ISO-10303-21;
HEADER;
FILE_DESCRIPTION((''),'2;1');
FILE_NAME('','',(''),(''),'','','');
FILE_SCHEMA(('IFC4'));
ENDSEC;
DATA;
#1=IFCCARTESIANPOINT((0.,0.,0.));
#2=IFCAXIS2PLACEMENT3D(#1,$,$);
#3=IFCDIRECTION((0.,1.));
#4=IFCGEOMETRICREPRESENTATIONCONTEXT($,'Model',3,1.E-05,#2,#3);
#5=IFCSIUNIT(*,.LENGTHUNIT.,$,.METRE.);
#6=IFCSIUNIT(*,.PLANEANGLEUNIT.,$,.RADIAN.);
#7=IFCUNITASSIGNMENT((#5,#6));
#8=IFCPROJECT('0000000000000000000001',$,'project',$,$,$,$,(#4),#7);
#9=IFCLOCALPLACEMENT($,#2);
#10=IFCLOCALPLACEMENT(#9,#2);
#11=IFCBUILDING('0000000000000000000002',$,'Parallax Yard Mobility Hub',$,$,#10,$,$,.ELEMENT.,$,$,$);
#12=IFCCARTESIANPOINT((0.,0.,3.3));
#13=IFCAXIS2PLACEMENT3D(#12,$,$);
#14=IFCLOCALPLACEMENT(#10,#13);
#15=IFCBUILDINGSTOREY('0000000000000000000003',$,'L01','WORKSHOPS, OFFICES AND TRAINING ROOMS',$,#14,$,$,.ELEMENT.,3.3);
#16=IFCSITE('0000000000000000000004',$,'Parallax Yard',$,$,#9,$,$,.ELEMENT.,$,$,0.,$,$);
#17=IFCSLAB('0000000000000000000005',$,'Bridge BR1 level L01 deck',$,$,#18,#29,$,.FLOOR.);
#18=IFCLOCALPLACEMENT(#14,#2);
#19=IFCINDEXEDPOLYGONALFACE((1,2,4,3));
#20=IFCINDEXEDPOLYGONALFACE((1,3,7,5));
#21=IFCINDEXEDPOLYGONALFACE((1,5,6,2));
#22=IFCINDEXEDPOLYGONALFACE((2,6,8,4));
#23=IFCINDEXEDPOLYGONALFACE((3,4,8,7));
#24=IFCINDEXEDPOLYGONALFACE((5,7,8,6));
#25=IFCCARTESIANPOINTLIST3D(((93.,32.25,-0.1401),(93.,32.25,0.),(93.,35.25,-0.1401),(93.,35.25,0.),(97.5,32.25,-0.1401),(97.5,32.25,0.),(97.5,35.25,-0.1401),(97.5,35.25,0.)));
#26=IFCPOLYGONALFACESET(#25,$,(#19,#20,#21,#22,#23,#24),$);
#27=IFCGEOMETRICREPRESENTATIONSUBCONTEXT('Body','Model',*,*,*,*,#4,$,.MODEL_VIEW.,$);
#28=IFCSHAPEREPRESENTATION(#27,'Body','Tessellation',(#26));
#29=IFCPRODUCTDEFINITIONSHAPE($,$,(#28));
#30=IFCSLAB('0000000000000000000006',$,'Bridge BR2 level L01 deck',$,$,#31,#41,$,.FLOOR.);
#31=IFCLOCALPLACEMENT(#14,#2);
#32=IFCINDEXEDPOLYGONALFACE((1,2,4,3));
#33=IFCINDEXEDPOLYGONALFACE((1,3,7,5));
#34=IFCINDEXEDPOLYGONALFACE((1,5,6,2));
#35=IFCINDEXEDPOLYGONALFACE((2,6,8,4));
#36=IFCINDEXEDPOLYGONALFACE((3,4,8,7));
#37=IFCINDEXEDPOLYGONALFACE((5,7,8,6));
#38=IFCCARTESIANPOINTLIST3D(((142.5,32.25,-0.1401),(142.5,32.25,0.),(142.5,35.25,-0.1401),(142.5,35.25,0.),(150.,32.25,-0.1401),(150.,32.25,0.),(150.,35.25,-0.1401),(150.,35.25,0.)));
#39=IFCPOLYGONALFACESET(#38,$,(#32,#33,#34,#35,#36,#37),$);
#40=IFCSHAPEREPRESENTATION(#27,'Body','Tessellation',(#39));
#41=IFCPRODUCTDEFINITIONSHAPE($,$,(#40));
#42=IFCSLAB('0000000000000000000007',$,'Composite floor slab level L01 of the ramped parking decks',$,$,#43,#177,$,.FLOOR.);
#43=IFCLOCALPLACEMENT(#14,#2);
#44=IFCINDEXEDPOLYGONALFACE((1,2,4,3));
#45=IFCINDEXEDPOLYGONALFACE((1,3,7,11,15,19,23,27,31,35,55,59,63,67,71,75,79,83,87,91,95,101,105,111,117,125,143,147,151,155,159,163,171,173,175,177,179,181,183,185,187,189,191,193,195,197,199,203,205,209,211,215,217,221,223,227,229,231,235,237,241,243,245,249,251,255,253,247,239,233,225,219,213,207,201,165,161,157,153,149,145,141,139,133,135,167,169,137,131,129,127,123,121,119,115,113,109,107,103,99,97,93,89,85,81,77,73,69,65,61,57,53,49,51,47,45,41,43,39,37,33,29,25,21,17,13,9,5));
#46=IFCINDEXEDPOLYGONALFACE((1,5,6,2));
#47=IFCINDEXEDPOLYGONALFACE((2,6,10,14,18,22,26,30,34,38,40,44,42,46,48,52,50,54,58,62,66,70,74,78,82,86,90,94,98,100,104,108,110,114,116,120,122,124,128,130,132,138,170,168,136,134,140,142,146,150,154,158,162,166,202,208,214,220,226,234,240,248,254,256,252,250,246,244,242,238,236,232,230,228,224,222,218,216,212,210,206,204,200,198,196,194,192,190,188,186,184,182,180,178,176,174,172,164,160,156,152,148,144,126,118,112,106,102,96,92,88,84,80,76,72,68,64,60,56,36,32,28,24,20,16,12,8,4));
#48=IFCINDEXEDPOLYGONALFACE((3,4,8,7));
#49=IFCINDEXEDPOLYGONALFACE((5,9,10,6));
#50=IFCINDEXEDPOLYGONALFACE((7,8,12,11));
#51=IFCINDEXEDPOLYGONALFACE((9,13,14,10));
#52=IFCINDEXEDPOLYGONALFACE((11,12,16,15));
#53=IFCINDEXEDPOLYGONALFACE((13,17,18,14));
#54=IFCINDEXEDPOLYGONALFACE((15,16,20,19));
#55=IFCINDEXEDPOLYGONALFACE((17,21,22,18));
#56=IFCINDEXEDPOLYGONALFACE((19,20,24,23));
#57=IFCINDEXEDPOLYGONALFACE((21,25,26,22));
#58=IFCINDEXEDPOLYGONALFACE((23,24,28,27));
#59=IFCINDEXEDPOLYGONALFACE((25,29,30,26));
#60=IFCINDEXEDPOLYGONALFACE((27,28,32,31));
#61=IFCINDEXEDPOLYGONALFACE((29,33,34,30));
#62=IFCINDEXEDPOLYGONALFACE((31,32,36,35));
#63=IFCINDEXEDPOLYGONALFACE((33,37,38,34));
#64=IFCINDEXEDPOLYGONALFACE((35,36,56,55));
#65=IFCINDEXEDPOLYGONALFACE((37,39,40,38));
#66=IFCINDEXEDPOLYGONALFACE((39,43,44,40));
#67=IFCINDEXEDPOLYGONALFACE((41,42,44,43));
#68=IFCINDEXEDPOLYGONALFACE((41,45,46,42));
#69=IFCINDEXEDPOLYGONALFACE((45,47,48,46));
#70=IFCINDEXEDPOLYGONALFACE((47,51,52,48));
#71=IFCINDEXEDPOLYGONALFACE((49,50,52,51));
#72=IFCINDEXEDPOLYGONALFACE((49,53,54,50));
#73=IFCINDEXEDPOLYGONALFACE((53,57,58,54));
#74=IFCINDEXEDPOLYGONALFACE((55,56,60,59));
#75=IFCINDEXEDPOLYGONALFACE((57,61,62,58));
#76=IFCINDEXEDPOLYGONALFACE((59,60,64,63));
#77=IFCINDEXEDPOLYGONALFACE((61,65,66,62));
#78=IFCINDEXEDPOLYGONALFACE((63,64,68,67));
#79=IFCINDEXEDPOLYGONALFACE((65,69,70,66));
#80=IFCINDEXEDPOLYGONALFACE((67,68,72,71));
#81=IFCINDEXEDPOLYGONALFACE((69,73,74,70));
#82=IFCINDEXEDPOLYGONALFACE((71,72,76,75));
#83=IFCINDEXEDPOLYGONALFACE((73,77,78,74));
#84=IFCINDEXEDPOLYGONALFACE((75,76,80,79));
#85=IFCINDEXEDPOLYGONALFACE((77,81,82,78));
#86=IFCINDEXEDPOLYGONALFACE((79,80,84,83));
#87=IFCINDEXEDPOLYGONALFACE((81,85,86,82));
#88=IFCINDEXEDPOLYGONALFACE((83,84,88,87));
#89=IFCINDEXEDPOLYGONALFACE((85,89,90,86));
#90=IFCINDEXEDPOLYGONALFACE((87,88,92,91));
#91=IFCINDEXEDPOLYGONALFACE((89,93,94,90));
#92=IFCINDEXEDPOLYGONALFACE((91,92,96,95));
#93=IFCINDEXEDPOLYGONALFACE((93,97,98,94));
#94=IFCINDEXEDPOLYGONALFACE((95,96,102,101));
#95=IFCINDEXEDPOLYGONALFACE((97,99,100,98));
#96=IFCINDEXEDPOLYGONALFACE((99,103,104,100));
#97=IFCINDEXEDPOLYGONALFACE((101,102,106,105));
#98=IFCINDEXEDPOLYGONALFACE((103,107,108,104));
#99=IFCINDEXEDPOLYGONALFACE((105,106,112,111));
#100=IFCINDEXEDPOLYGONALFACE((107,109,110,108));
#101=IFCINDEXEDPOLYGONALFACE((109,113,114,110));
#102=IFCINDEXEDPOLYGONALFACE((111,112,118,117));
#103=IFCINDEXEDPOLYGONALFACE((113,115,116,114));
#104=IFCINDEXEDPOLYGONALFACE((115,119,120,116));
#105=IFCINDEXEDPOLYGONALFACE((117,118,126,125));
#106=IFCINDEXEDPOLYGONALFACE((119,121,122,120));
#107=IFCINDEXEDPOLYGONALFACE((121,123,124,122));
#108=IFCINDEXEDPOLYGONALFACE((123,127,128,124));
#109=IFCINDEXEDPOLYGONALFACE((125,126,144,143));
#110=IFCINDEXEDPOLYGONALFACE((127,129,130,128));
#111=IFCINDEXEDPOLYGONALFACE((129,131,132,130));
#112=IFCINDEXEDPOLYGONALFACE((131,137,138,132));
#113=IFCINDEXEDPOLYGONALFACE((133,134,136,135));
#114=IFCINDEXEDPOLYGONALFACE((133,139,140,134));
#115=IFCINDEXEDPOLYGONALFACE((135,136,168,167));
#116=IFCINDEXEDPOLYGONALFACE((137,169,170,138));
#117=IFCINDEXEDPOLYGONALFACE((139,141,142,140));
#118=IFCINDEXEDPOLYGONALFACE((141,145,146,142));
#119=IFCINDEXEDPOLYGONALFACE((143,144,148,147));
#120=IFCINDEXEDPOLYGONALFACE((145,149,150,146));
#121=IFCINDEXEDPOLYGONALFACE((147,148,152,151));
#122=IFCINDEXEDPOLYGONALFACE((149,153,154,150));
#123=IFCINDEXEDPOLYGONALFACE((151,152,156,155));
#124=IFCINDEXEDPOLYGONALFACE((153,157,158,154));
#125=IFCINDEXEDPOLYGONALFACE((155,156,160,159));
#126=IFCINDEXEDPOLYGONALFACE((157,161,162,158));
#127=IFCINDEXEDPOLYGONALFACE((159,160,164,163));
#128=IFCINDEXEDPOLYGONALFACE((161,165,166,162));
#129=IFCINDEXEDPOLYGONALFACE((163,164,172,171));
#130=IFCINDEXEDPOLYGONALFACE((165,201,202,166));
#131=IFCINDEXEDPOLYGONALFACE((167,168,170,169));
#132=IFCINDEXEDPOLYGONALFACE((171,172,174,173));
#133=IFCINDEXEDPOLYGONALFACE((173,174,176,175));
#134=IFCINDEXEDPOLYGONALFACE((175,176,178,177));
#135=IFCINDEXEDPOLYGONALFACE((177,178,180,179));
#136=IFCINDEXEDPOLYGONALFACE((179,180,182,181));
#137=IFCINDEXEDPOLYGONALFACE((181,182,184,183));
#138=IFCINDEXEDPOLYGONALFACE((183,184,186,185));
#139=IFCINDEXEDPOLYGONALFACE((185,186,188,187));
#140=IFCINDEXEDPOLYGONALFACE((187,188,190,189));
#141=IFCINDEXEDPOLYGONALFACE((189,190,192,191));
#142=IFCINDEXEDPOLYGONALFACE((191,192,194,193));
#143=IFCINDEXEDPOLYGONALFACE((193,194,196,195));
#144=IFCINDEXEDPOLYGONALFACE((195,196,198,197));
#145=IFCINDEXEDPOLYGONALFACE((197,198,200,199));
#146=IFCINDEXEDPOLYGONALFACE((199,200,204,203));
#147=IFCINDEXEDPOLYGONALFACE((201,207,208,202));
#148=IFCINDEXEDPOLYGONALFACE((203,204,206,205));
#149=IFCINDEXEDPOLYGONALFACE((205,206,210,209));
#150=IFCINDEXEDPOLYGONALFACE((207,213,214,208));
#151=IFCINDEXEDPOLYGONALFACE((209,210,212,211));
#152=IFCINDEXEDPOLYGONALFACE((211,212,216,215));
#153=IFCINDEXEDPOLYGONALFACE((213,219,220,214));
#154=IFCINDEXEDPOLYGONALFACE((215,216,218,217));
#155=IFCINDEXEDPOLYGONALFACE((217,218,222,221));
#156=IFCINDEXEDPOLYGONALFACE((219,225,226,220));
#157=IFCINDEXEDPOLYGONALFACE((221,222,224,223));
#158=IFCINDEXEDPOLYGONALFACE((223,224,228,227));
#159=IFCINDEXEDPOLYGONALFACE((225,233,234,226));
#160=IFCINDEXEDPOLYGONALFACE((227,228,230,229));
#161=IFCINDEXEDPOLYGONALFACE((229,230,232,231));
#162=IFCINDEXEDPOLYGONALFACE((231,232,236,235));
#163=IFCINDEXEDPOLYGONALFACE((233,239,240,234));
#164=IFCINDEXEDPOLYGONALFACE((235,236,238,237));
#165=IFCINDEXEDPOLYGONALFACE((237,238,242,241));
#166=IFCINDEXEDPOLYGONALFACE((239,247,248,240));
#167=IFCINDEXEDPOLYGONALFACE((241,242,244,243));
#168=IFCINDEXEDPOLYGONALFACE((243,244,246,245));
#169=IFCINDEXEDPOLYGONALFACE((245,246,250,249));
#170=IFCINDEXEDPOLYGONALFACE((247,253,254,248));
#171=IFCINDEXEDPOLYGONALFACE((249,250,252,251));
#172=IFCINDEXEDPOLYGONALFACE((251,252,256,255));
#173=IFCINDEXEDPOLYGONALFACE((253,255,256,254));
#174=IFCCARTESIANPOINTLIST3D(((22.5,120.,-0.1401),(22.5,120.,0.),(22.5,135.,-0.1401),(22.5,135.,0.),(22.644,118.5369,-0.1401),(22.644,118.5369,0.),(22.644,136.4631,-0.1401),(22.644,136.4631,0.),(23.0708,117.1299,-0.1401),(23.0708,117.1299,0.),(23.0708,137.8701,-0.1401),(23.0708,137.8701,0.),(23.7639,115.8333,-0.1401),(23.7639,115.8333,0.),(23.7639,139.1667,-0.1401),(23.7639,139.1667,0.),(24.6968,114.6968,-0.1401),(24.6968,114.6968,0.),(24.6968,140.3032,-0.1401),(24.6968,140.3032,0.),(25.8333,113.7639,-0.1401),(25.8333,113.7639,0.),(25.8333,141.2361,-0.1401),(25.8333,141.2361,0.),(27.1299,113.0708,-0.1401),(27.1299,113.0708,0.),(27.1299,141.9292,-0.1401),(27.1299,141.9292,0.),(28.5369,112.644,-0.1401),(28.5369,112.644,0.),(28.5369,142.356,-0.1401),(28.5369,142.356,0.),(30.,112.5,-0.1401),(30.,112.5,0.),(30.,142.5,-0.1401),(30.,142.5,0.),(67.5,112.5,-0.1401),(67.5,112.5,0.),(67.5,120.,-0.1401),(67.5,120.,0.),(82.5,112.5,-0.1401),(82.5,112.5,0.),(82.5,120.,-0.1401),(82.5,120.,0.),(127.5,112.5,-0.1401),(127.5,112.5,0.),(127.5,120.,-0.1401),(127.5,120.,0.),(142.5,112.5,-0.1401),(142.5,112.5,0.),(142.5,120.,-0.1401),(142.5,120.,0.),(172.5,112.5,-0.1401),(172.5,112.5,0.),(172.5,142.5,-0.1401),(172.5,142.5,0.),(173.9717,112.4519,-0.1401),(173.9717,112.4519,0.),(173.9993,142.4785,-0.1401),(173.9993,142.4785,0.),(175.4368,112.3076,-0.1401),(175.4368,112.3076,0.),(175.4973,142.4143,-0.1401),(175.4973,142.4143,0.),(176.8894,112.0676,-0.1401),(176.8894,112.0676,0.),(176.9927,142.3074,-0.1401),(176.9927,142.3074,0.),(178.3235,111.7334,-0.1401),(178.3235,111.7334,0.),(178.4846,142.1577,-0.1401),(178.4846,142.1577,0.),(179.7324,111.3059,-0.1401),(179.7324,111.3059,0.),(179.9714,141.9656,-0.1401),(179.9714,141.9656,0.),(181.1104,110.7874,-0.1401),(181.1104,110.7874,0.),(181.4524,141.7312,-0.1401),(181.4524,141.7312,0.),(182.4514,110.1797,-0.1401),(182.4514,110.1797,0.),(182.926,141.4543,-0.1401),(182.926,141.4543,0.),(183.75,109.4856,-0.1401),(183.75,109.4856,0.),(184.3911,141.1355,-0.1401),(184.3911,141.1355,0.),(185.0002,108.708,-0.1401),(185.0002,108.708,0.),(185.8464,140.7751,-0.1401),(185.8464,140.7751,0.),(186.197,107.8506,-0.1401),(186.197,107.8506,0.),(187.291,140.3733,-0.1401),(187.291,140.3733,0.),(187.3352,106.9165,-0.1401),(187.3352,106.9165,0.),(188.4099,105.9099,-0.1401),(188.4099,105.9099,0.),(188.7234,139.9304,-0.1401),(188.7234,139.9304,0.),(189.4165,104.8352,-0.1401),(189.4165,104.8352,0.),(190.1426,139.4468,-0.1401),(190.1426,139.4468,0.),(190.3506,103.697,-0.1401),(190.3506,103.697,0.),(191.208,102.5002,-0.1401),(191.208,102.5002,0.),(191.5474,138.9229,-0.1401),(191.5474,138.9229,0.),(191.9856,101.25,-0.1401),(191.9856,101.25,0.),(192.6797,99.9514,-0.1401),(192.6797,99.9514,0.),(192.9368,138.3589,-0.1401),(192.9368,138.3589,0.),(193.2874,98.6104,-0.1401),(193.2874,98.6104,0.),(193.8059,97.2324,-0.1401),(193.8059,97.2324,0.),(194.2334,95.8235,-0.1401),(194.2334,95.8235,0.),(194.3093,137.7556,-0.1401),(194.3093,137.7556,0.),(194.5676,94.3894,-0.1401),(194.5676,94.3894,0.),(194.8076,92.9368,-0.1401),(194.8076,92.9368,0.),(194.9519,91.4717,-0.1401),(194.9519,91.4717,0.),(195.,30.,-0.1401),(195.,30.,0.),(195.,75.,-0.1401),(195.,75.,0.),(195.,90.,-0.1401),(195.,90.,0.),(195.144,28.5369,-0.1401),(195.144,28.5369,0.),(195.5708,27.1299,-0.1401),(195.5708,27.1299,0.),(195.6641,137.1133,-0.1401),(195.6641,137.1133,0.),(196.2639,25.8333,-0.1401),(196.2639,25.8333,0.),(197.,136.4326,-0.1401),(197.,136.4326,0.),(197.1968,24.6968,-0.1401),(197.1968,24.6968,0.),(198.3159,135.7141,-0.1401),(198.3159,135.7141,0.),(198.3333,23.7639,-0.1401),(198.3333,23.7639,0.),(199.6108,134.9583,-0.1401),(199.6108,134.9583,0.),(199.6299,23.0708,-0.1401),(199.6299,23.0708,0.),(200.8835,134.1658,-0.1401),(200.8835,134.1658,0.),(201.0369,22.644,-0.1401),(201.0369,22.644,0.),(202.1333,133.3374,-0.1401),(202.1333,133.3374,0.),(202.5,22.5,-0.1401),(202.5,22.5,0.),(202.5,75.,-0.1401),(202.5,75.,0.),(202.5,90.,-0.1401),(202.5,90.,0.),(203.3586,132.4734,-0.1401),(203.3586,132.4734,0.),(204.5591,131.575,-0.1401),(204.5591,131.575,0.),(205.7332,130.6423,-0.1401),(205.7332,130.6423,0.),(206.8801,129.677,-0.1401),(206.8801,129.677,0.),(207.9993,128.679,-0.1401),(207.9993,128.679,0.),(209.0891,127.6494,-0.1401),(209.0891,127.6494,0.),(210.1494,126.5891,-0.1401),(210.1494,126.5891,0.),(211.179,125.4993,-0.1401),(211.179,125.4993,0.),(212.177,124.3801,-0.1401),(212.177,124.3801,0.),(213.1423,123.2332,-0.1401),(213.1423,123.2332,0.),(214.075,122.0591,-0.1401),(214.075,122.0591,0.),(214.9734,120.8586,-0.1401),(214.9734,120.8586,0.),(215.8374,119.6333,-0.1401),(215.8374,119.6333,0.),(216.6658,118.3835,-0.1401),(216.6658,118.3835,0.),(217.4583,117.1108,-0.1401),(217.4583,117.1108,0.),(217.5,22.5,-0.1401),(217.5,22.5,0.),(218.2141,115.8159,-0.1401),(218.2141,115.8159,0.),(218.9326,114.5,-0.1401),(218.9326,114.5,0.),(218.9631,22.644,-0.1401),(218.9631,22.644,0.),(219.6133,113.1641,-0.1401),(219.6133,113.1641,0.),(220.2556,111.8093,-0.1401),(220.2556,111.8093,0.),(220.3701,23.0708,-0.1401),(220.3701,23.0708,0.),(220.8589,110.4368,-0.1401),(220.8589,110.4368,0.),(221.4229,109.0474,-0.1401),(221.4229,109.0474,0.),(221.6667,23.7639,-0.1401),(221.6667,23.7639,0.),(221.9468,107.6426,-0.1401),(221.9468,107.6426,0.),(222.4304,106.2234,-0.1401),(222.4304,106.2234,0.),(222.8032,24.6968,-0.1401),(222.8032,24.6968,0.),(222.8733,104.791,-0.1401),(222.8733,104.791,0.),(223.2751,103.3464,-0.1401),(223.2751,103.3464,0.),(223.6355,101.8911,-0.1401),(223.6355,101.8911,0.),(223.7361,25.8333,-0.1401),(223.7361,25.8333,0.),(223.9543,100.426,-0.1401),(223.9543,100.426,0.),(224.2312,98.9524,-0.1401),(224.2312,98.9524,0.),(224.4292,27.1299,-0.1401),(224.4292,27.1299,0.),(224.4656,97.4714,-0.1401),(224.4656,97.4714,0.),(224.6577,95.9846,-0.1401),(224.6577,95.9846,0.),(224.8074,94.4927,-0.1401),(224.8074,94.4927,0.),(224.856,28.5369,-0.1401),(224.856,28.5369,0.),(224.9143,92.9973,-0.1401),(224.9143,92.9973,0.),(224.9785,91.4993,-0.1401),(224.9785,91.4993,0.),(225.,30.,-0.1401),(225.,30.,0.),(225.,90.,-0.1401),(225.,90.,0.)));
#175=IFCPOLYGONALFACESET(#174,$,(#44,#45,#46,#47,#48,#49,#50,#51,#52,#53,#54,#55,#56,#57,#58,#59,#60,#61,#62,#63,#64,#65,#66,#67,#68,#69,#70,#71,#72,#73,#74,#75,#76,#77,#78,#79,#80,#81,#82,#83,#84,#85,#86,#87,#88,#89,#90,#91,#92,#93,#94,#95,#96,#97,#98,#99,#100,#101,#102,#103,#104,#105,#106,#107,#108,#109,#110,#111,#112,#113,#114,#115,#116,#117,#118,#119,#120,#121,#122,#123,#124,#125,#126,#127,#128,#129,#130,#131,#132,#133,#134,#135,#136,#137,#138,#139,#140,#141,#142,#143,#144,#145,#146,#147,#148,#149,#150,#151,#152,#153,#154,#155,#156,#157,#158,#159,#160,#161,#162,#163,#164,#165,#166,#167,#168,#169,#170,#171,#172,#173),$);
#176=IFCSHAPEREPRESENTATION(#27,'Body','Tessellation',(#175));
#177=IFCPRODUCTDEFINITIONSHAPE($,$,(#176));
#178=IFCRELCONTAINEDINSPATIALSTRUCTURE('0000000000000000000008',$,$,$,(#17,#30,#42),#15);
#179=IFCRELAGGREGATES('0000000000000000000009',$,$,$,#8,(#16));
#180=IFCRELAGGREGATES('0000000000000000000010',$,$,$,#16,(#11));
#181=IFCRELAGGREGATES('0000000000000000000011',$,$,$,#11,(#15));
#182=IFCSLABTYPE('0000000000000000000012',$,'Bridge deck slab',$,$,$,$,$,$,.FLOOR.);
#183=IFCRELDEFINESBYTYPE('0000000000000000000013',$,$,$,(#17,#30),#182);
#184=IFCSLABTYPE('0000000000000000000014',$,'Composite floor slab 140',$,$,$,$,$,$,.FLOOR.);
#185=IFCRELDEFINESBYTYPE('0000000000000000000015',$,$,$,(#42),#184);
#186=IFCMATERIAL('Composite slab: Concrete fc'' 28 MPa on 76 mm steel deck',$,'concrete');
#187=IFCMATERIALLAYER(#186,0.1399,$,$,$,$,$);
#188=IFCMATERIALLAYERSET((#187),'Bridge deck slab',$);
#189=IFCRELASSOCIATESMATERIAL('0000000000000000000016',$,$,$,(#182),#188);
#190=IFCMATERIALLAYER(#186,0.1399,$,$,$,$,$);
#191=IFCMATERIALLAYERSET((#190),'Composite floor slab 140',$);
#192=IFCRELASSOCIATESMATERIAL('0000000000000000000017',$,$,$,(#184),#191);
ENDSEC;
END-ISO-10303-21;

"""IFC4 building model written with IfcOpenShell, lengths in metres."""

from ifc_helpers import new_model, si_unit, direction, frame, origin, place, context, subcontext, project, spatial, polyline, outline, extrude, material, layer, layer_set, type_object, element, save


model = new_model("IFC4")

# Units and contexts
model_context = context("Model", 3, precision=1e-05, world=origin(), true_north=direction((0.0, 1.0)))
body_context = subcontext(model_context, "Body", "Model", "MODEL_VIEW")
ifc_project = project(units=[si_unit("LENGTHUNIT", "METRE"), si_unit("PLANEANGLEUNIT", "RADIAN")], contexts=[model_context])

# Site, building, storey
site_placement = place(None, origin())
site = spatial("IfcSite", under=ifc_project, at=site_placement, Name="Parallax Yard", CompositionType="ELEMENT", RefElevation=0.0)
building_placement = place(site_placement, origin())
building = spatial("IfcBuilding", under=site, at=building_placement, Name="Parallax Yard Mobility Hub", CompositionType="ELEMENT")
storey_placement = place(building_placement, frame((0.0, 0.0, 3.3)))
storey = spatial("IfcBuildingStorey", under=building, at=storey_placement, Name="L01", Description="WORKSHOPS, OFFICES AND TRAINING ROOMS", CompositionType="ELEMENT", Elevation=3.3)

# Slabs
ifc_material_1 = material(Name="Composite slab: Concrete fc' 28 MPa on 76 mm steel deck", Category="concrete")
ifc_layer_1 = layer(ifc_material_1, 0.1399)
ifc_layer_set_1 = layer_set([ifc_layer_1], Name="Bridge deck slab")
slab_type_1 = type_object("IfcSlabType", Name="Bridge deck slab", PredefinedType="FLOOR", material=ifc_layer_set_1)
slab_1_placement = place(storey_placement, frame((0.0, 0.0, -0.1401)))
element("IfcSlab", 1, at=slab_1_placement, inside=storey, type_object=slab_type_1, Name="Bridge BR1 level L01 deck", PredefinedType="FLOOR", context=body_context, shape_type="SweptSolid", body=[
    extrude(outline(polyline([(93.0, 32.25), (97.5, 32.25), (97.5, 35.25), (93.0, 35.25), (93.0, 32.25)])), origin(), (0.0, 0.0, 1.0), 0.1401),
])
slab_2_placement = place(storey_placement, frame((0.0, 0.0, -0.1401)))
element("IfcSlab", 2, at=slab_2_placement, inside=storey, type_object=slab_type_1, Name="Bridge BR2 level L01 deck", PredefinedType="FLOOR", context=body_context, shape_type="SweptSolid", body=[
    extrude(outline(polyline([(142.5, 32.25), (150.0, 32.25), (150.0, 35.25), (142.5, 35.25), (142.5, 32.25)])), origin(), (0.0, 0.0, 1.0), 0.1401),
])
ifc_layer_2 = layer(ifc_material_1, 0.1399)
ifc_layer_set_2 = layer_set([ifc_layer_2], Name="Composite floor slab 140")
slab_type_2 = type_object("IfcSlabType", Name="Composite floor slab 140", PredefinedType="FLOOR", material=ifc_layer_set_2)
slab_3_placement = place(storey_placement, frame((0.0, 0.0, -0.1401)))
element("IfcSlab", 3, at=slab_3_placement, inside=storey, type_object=slab_type_2, Name="Composite floor slab level L01 of the ramped parking decks", PredefinedType="FLOOR", context=body_context, shape_type="SweptSolid", body=[
    extrude(outline(polyline([(25.8333, 141.2361), (24.6968, 140.3032), (23.7639, 139.1667), (23.0708, 137.8701), (22.644, 136.4631), (22.5, 135.0), (22.5, 120.0), (22.644, 118.5369), (23.0708, 117.1299), (23.7639, 115.8333), (24.6968, 114.6968), (25.8333, 113.7639), (27.1299, 113.0708), (28.5369, 112.644), (30.0, 112.5), (67.5, 112.5), (67.5, 120.0), (82.5, 120.0), (82.5, 112.5), (127.5, 112.5), (127.5, 120.0), (142.5, 120.0), (142.5, 112.5), (172.5, 112.5), (173.9717, 112.4519), (175.4368, 112.3076), (176.8894, 112.0676), (178.3235, 111.7334), (179.7324, 111.3059), (181.1104, 110.7874), (182.4514, 110.1797), (183.75, 109.4856), (185.0002, 108.708), (186.197, 107.8506), (187.3352, 106.9165), (188.4099, 105.9099), (189.4165, 104.8352), (190.3506, 103.697), (191.208, 102.5002), (191.9856, 101.25), (192.6797, 99.9514), (193.2874, 98.6104), (193.8059, 97.2324), (194.2334, 95.8235), (194.5676, 94.3894), (194.8076, 92.9368), (194.9519, 91.4717), (195.0, 90.0), (202.5, 90.0), (202.5, 75.0), (195.0, 75.0), (195.0, 30.0), (195.144, 28.5369), (195.5708, 27.1299), (196.2639, 25.8333), (197.1968, 24.6968), (198.3333, 23.7639), (199.6299, 23.0708), (201.0369, 22.644), (202.5, 22.5), (217.5, 22.5), (218.9631, 22.644), (220.3701, 23.0708), (221.6667, 23.7639), (222.8032, 24.6968), (223.7361, 25.8333), (224.4292, 27.1299), (224.856, 28.5369), (225.0, 30.0), (225.0, 90.0), (224.9785, 91.4993), (224.9143, 92.9973), (224.8074, 94.4927), (224.6577, 95.9846), (224.4656, 97.4714), (224.2312, 98.9524), (223.9543, 100.426), (223.6355, 101.8911), (223.2751, 103.3464), (222.8733, 104.791), (222.4304, 106.2234), (221.9468, 107.6426), (221.4229, 109.0474), (220.8589, 110.4368), (220.2556, 111.8093), (219.6133, 113.1641), (218.9326, 114.5), (218.2141, 115.8159), (217.4583, 117.1108), (216.6658, 118.3835), (215.8374, 119.6333), (214.9734, 120.8586), (214.075, 122.0591), (213.1423, 123.2332), (212.177, 124.3801), (211.179, 125.4993), (210.1494, 126.5891), (209.0891, 127.6494), (207.9993, 128.679), (206.8801, 129.677), (205.7332, 130.6423), (204.5591, 131.575), (203.3586, 132.4734), (202.1333, 133.3374), (200.8835, 134.1658), (199.6108, 134.9583), (198.3159, 135.7141), (197.0, 136.4326), (195.6641, 137.1133), (194.3093, 137.7556), (192.9368, 138.3589), (191.5474, 138.9229), (190.1426, 139.4468), (188.7234, 139.9304), (187.291, 140.3733), (185.8464, 140.7751), (184.3911, 141.1355), (182.926, 141.4543), (181.4524, 141.7312), (179.9714, 141.9656), (178.4846, 142.1577), (176.9927, 142.3074), (175.4973, 142.4143), (173.9993, 142.4785), (172.5, 142.5), (30.0, 142.5), (28.5369, 142.356), (27.1299, 141.9292), (25.8333, 141.2361)])), origin(), (0.0, 0.0, 1.0), 0.1401),
])

save(model, "model.ifc")
